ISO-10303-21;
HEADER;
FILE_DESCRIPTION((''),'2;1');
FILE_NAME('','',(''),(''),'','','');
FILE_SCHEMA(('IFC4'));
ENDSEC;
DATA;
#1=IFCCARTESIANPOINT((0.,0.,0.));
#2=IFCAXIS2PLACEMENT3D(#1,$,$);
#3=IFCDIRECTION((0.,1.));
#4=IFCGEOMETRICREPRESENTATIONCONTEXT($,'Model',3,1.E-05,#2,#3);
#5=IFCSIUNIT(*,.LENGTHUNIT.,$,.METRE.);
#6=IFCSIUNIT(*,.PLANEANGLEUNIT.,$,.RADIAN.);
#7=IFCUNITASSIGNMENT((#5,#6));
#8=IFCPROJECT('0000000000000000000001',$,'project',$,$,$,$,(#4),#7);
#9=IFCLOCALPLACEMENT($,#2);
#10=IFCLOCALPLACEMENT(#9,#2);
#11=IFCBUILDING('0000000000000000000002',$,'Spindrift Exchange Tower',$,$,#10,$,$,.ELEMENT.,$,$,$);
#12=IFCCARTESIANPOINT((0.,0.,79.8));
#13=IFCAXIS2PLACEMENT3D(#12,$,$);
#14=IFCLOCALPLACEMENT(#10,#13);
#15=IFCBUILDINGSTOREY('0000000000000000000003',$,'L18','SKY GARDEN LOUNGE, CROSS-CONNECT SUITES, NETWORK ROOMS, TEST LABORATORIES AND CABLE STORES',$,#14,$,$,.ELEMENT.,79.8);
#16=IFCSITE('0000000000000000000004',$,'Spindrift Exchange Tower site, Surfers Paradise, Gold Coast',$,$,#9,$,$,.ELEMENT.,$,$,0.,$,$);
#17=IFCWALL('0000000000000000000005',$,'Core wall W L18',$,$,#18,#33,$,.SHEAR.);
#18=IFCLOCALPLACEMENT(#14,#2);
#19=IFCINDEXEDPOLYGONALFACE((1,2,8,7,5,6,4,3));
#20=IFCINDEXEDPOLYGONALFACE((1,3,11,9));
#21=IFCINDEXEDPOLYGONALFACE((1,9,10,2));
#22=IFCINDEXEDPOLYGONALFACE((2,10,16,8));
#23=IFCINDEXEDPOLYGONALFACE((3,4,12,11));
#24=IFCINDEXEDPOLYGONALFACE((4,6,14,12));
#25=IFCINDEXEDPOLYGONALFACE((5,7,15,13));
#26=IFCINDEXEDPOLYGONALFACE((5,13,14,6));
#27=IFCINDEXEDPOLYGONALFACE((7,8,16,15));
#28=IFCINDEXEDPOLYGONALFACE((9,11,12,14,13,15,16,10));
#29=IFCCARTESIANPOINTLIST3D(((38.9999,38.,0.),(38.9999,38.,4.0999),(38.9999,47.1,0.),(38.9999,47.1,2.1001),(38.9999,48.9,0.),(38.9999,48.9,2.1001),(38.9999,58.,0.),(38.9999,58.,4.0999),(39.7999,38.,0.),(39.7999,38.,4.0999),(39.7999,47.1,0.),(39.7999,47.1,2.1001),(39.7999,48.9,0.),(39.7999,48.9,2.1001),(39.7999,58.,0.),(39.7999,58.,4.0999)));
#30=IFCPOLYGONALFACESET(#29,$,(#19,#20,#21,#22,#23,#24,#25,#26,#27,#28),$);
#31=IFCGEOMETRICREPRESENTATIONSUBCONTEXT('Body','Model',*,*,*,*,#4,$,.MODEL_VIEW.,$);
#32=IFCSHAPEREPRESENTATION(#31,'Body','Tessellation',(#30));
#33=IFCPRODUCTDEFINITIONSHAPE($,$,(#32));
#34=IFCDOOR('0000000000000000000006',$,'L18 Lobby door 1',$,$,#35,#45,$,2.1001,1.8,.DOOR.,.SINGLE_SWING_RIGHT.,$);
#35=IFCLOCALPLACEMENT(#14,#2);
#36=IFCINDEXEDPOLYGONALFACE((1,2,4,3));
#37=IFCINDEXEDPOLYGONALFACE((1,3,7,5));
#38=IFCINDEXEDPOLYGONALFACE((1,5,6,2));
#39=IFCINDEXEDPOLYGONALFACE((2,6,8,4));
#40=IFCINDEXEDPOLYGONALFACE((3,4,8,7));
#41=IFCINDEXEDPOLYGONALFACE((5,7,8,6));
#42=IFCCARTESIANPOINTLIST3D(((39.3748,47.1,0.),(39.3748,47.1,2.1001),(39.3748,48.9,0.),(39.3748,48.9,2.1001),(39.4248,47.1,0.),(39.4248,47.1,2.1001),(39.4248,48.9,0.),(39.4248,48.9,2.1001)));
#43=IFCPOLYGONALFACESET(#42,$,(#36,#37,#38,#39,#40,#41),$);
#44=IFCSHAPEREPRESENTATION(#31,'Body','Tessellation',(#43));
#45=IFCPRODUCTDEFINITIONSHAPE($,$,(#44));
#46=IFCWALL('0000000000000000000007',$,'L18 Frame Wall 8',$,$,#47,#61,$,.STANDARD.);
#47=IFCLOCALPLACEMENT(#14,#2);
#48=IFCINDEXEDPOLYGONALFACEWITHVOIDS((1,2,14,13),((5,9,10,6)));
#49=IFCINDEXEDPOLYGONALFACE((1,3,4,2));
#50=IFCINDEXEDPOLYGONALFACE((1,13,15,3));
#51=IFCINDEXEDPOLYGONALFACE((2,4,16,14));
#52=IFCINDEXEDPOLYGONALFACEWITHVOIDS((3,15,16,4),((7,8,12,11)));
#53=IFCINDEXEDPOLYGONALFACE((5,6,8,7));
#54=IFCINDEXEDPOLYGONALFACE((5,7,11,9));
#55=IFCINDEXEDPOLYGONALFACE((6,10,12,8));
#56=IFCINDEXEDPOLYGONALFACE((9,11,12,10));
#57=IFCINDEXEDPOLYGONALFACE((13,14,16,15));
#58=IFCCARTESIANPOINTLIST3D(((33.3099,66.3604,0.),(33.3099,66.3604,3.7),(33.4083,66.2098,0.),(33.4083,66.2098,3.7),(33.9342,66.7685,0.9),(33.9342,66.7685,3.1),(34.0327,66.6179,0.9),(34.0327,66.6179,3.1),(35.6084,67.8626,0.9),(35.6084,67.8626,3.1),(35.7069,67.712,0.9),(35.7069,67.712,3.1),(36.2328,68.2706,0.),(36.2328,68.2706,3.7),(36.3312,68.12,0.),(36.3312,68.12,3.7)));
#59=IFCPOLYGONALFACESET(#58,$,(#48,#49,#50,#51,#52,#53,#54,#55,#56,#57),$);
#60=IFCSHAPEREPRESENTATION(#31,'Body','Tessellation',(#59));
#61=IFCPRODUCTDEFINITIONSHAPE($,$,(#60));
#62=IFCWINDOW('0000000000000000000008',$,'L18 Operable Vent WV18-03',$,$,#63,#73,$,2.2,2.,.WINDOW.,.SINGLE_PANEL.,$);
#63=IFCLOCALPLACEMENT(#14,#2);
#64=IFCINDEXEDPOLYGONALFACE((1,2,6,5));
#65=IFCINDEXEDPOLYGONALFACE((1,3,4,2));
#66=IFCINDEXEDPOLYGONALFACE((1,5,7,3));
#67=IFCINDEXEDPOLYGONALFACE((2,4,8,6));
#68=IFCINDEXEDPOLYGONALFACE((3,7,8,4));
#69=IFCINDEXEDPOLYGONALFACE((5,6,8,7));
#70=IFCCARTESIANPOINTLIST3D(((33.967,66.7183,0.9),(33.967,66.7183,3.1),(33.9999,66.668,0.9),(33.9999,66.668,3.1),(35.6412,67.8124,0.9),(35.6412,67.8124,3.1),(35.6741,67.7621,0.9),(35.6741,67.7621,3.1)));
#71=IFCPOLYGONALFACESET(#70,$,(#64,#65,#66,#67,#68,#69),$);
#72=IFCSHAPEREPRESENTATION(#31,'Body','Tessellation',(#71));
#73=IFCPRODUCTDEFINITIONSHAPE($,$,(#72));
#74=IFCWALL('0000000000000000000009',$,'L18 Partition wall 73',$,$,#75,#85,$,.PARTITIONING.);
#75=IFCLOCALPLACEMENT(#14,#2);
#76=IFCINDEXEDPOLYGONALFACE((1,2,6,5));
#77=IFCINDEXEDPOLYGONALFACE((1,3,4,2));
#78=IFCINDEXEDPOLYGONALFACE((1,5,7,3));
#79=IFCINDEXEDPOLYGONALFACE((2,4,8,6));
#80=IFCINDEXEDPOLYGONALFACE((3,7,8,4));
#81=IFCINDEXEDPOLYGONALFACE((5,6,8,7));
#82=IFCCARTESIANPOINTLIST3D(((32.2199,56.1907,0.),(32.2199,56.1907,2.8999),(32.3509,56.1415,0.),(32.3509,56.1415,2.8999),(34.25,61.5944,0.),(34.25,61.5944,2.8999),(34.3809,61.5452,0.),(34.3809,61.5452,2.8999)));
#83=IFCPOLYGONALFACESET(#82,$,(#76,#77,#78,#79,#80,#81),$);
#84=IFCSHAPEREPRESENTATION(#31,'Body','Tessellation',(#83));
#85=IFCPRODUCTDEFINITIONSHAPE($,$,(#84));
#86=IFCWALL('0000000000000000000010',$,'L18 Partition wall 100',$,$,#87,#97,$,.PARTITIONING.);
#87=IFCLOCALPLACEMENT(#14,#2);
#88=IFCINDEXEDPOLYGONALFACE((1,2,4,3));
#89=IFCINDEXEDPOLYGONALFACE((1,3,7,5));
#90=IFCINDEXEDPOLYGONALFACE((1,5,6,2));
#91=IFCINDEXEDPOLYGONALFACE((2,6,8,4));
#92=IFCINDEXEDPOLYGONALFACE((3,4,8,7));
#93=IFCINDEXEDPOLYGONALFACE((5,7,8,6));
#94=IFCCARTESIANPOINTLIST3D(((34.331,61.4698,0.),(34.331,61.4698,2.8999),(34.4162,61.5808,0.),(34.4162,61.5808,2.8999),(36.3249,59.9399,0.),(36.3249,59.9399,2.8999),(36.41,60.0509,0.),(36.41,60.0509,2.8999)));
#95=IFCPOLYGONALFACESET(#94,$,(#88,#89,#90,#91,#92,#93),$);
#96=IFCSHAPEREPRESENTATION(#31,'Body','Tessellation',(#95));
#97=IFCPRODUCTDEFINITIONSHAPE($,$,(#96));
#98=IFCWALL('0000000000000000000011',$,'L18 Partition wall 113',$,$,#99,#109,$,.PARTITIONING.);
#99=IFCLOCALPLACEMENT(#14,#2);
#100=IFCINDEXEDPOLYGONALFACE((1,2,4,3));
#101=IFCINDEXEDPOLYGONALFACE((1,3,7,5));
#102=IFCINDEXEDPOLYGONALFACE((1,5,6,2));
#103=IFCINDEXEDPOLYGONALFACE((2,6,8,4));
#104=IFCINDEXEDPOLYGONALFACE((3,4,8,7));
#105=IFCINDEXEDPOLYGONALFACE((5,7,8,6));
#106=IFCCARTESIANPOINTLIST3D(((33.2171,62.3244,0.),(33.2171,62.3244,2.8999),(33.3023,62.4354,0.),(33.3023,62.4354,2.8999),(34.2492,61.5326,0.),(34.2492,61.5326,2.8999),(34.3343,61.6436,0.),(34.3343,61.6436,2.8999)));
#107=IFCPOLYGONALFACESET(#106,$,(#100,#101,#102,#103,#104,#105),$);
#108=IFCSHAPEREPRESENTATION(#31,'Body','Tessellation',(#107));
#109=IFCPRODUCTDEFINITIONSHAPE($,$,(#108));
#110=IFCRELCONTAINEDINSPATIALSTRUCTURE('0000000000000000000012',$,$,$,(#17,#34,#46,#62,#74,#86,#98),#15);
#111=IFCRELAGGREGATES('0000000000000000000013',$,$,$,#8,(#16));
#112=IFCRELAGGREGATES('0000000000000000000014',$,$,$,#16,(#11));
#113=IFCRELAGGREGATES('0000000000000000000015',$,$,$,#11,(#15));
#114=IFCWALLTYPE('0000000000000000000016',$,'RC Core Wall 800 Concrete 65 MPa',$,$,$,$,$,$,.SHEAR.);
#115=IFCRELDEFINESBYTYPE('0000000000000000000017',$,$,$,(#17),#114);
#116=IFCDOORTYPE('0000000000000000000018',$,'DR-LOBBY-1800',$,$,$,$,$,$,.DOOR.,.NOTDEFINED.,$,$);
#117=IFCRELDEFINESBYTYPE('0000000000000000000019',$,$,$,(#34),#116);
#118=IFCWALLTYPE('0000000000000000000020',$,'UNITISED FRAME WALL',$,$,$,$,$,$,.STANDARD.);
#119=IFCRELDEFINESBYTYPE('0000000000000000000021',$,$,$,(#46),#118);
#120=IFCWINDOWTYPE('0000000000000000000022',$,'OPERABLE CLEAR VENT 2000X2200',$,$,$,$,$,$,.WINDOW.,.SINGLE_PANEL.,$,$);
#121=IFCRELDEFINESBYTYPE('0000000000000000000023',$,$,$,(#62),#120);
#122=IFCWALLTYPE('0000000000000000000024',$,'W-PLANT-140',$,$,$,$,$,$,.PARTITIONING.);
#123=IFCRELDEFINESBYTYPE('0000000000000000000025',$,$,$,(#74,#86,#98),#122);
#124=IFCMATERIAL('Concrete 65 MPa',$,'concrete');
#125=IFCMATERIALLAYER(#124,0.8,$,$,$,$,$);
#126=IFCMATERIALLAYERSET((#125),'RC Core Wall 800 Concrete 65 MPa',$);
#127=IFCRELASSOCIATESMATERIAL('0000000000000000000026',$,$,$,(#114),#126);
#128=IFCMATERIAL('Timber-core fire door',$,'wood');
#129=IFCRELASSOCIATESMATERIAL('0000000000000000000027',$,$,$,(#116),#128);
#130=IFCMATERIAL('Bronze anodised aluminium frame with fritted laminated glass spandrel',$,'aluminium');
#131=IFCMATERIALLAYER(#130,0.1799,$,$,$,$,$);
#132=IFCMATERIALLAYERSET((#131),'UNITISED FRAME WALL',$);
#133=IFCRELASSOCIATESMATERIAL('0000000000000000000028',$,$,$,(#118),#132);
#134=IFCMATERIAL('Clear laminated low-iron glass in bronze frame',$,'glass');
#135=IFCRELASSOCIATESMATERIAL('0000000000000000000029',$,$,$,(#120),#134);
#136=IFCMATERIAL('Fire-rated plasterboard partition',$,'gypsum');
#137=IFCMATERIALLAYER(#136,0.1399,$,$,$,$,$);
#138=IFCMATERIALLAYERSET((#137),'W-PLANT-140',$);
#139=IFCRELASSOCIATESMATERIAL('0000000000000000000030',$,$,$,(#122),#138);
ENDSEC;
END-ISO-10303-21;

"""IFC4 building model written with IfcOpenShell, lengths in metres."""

from ifc_helpers import new_model, si_unit, direction, frame, frame_2d, origin, place, context, subcontext, project, spatial, rectangle, extrude, source, transform, mapped, material, layer, layer_set, type_object, element, fill, save


model = new_model("IFC4")

# Units and contexts
model_context = context("Model", 3, precision=1e-05, world=origin(), true_north=direction((0.0, 1.0)))
body_context = subcontext(model_context, "Body", "Model", "MODEL_VIEW")
ifc_project = project(units=[si_unit("LENGTHUNIT", "METRE"), si_unit("PLANEANGLEUNIT", "RADIAN")], contexts=[model_context])

# Site, building, storey
site_placement = place(None, origin())
site = spatial("IfcSite", under=ifc_project, at=site_placement, Name="Spindrift Exchange Tower site, Surfers Paradise, Gold Coast", CompositionType="ELEMENT", RefElevation=0.0)
building_placement = place(site_placement, origin())
building = spatial("IfcBuilding", under=site, at=building_placement, Name="Spindrift Exchange Tower", CompositionType="ELEMENT")
storey_placement = place(building_placement, frame((0.0, 0.0, 79.8)))
storey = spatial("IfcBuildingStorey", under=building, at=storey_placement, Name="L18", Description="SKY GARDEN LOUNGE, CROSS-CONNECT SUITES, NETWORK ROOMS, TEST LABORATORIES AND CABLE STORES", CompositionType="ELEMENT", Elevation=79.8)

# Shared definitions
ifc_material_1 = material(Name="Concrete 65 MPa", Category="concrete")

# Wall, opening, door
ifc_layer_1 = layer(ifc_material_1, 0.8)
ifc_layer_set_1 = layer_set([ifc_layer_1], Name="RC Core Wall 800 Concrete 65 MPa")
wall_type_1 = type_object("IfcWallType", Name="RC Core Wall 800 Concrete 65 MPa", PredefinedType="SHEAR", material=ifc_layer_set_1)
wall_1_placement = place(storey_placement, frame((39.3999, 58.0, 0.0), z_axis=(0.0, 0.0, 1.0), x_axis=(0.0, -1.0, 0.0)))
wall_1 = element("IfcWall", 1, at=wall_1_placement, inside=storey, type_object=wall_type_1, Name="Core wall W L18", PredefinedType="SHEAR", context=body_context, shape_type="SweptSolid", body=[
    extrude(rectangle(XDim=20.0, YDim=0.8, at=frame_2d((10.0, 0.0))), origin(), (0.0, 0.0, 1.0), 4.0999),
])
opening_1_placement = place(wall_1_placement, frame((9.1001, 0.0, 0.0)))
opening_1 = element("IfcOpeningElement", 2, at=opening_1_placement, cuts=wall_1, PredefinedType="OPENING", context=body_context, shape_type="SweptSolid", body=[
    extrude(rectangle(XDim=1.8, YDim=2.1001, at=frame_2d((0.8999, 1.05))), frame((0.0, 0.4099, 0.0), z_axis=(0.0, -1.0, 0.0), x_axis=(1.0, 0.0, 0.0)), (0.0, 0.0, 1.0), 0.8201),
])
ifc_material_2 = material(Name="Timber-core fire door", Category="wood")
door_type_1 = type_object("IfcDoorType", Name="DR-LOBBY-1800", OperationType="NOTDEFINED", PredefinedType="DOOR", material=ifc_material_2)
shared_shape_1 = source(origin(), body_context, "Body", "SweptSolid", [
    extrude(rectangle(XDim=1.8, YDim=2.1001, at=frame_2d((0.8999, 1.05))), frame((0.0, 0.0249, 0.0), z_axis=(0.0, -1.0, 0.0), x_axis=(1.0, 0.0, 0.0)), (0.0, 0.0, 1.0), 0.05),
])
door_1_placement = place(opening_1_placement, origin())
door_1 = element("IfcDoor", 3, at=door_1_placement, inside=storey, type_object=door_type_1, Name="L18 Lobby door 1", OperationType="SINGLE_SWING_RIGHT", OverallHeight=2.1001, OverallWidth=1.8, PredefinedType="DOOR", context=body_context, shape_type="MappedRepresentation", body=[
    mapped(shared_shape_1, transform((0.0, 0.0, 0.0), scale=1.0)),
])
fill(opening_1, door_1)

# Wall, opening, window
ifc_material_3 = material(Name="Bronze anodised aluminium frame with fritted laminated glass spandrel", Category="aluminium")
ifc_layer_2 = layer(ifc_material_3, 0.1799)
ifc_layer_set_2 = layer_set([ifc_layer_2], Name="UNITISED FRAME WALL")
wall_type_2 = type_object("IfcWallType", Name="UNITISED FRAME WALL", PredefinedType="STANDARD", material=ifc_layer_set_2)
wall_2_placement = place(storey_placement, frame((36.282, 68.1953, 0.0), z_axis=(0.0, 0.0, 1.0), x_axis=(-0.837093, -0.547061, 0.0)))
wall_2 = element("IfcWall", 4, at=wall_2_placement, inside=storey, type_object=wall_type_2, Name="L18 Frame Wall 8", PredefinedType="STANDARD", context=body_context, shape_type="SweptSolid", body=[
    extrude(rectangle(XDim=3.4917, YDim=0.1799, at=frame_2d((1.7458, 0.0))), origin(), (0.0, 0.0, 1.0), 3.7),
])
opening_2_placement = place(wall_2_placement, frame((0.7458, 0.0, 0.8999)))
opening_2 = element("IfcOpeningElement", 5, at=opening_2_placement, cuts=wall_2, PredefinedType="OPENING", context=body_context, shape_type="SweptSolid", body=[
    extrude(rectangle(XDim=2.0, YDim=2.2, at=frame_2d((1.0, 1.1001))), frame((0.0, 0.0999, 0.0), z_axis=(0.0, -1.0, 0.0), x_axis=(1.0, 0.0, 0.0)), (0.0, 0.0, 1.0), 0.2),
])
ifc_material_4 = material(Name="Clear laminated low-iron glass in bronze frame", Category="glass")
window_type = type_object("IfcWindowType", Name="OPERABLE CLEAR VENT 2000X2200", PartitioningType="SINGLE_PANEL", PredefinedType="WINDOW", material=ifc_material_4)
shared_shape_2 = source(origin(), body_context, "Body", "SweptSolid", [
    extrude(rectangle(XDim=2.0, YDim=2.2, at=frame_2d((1.0, 1.1001))), frame((0.0, 0.03, 0.0), z_axis=(0.0, -1.0, 0.0), x_axis=(1.0, 0.0, 0.0)), (0.0, 0.0, 1.0), 0.0601),
])
window_placement = place(opening_2_placement, origin())
window = element("IfcWindow", 6, at=window_placement, inside=storey, type_object=window_type, Name="L18 Operable Vent WV18-03", OverallHeight=2.2, OverallWidth=2.0, PartitioningType="SINGLE_PANEL", PredefinedType="WINDOW", context=body_context, shape_type="MappedRepresentation", body=[
    mapped(shared_shape_2, transform((0.0, 0.0, 0.0), scale=1.0)),
])
fill(opening_2, window)

# Walls
ifc_material_5 = material(Name="Fire-rated plasterboard partition", Category="gypsum")
ifc_layer_3 = layer(ifc_material_5, 0.1399)
ifc_layer_set_3 = layer_set([ifc_layer_3], Name="W-PLANT-140")
wall_type_3 = type_object("IfcWallType", Name="W-PLANT-140", PredefinedType="PARTITIONING", material=ifc_layer_set_3)
wall_3_placement = place(storey_placement, frame((34.3154, 61.5698, 0.0), z_axis=(0.0, 0.0, 1.0), x_axis=(-0.35167, -0.936124, 0.0)))
element("IfcWall", 7, at=wall_3_placement, inside=storey, type_object=wall_type_3, Name="L18 Partition wall 73", PredefinedType="PARTITIONING", context=body_context, shape_type="SweptSolid", body=[
    extrude(rectangle(XDim=5.7725, YDim=0.1399, at=frame_2d((2.8862, 0.0))), origin(), (0.0, 0.0, 1.0), 2.8999),
])
wall_4_placement = place(storey_placement, frame((36.3674, 59.9954, 0.0), z_axis=(0.0, 0.0, 1.0), x_axis=(-0.793342, 0.608776, 0.0)))
element("IfcWall", 8, at=wall_4_placement, inside=storey, type_object=wall_type_3, Name="L18 Partition wall 100", PredefinedType="PARTITIONING", context=body_context, shape_type="SweptSolid", body=[
    extrude(rectangle(XDim=2.5132, YDim=0.1399, at=frame_2d((1.2566, 0.0))), origin(), (0.0, 0.0, 1.0), 2.8999),
])
wall_5_placement = place(storey_placement, frame((34.2917, 61.5881, 0.0), z_axis=(0.0, 0.0, 1.0), x_axis=(-0.793398, 0.608703, 0.0)))
element("IfcWall", 9, at=wall_5_placement, inside=storey, type_object=wall_type_3, Name="L18 Partition wall 113", PredefinedType="PARTITIONING", context=body_context, shape_type="SweptSolid", body=[
    extrude(rectangle(XDim=1.3008, YDim=0.1399, at=frame_2d((0.6504, 0.0))), origin(), (0.0, 0.0, 1.0), 2.8999),
])

save(model, "model.ifc")
